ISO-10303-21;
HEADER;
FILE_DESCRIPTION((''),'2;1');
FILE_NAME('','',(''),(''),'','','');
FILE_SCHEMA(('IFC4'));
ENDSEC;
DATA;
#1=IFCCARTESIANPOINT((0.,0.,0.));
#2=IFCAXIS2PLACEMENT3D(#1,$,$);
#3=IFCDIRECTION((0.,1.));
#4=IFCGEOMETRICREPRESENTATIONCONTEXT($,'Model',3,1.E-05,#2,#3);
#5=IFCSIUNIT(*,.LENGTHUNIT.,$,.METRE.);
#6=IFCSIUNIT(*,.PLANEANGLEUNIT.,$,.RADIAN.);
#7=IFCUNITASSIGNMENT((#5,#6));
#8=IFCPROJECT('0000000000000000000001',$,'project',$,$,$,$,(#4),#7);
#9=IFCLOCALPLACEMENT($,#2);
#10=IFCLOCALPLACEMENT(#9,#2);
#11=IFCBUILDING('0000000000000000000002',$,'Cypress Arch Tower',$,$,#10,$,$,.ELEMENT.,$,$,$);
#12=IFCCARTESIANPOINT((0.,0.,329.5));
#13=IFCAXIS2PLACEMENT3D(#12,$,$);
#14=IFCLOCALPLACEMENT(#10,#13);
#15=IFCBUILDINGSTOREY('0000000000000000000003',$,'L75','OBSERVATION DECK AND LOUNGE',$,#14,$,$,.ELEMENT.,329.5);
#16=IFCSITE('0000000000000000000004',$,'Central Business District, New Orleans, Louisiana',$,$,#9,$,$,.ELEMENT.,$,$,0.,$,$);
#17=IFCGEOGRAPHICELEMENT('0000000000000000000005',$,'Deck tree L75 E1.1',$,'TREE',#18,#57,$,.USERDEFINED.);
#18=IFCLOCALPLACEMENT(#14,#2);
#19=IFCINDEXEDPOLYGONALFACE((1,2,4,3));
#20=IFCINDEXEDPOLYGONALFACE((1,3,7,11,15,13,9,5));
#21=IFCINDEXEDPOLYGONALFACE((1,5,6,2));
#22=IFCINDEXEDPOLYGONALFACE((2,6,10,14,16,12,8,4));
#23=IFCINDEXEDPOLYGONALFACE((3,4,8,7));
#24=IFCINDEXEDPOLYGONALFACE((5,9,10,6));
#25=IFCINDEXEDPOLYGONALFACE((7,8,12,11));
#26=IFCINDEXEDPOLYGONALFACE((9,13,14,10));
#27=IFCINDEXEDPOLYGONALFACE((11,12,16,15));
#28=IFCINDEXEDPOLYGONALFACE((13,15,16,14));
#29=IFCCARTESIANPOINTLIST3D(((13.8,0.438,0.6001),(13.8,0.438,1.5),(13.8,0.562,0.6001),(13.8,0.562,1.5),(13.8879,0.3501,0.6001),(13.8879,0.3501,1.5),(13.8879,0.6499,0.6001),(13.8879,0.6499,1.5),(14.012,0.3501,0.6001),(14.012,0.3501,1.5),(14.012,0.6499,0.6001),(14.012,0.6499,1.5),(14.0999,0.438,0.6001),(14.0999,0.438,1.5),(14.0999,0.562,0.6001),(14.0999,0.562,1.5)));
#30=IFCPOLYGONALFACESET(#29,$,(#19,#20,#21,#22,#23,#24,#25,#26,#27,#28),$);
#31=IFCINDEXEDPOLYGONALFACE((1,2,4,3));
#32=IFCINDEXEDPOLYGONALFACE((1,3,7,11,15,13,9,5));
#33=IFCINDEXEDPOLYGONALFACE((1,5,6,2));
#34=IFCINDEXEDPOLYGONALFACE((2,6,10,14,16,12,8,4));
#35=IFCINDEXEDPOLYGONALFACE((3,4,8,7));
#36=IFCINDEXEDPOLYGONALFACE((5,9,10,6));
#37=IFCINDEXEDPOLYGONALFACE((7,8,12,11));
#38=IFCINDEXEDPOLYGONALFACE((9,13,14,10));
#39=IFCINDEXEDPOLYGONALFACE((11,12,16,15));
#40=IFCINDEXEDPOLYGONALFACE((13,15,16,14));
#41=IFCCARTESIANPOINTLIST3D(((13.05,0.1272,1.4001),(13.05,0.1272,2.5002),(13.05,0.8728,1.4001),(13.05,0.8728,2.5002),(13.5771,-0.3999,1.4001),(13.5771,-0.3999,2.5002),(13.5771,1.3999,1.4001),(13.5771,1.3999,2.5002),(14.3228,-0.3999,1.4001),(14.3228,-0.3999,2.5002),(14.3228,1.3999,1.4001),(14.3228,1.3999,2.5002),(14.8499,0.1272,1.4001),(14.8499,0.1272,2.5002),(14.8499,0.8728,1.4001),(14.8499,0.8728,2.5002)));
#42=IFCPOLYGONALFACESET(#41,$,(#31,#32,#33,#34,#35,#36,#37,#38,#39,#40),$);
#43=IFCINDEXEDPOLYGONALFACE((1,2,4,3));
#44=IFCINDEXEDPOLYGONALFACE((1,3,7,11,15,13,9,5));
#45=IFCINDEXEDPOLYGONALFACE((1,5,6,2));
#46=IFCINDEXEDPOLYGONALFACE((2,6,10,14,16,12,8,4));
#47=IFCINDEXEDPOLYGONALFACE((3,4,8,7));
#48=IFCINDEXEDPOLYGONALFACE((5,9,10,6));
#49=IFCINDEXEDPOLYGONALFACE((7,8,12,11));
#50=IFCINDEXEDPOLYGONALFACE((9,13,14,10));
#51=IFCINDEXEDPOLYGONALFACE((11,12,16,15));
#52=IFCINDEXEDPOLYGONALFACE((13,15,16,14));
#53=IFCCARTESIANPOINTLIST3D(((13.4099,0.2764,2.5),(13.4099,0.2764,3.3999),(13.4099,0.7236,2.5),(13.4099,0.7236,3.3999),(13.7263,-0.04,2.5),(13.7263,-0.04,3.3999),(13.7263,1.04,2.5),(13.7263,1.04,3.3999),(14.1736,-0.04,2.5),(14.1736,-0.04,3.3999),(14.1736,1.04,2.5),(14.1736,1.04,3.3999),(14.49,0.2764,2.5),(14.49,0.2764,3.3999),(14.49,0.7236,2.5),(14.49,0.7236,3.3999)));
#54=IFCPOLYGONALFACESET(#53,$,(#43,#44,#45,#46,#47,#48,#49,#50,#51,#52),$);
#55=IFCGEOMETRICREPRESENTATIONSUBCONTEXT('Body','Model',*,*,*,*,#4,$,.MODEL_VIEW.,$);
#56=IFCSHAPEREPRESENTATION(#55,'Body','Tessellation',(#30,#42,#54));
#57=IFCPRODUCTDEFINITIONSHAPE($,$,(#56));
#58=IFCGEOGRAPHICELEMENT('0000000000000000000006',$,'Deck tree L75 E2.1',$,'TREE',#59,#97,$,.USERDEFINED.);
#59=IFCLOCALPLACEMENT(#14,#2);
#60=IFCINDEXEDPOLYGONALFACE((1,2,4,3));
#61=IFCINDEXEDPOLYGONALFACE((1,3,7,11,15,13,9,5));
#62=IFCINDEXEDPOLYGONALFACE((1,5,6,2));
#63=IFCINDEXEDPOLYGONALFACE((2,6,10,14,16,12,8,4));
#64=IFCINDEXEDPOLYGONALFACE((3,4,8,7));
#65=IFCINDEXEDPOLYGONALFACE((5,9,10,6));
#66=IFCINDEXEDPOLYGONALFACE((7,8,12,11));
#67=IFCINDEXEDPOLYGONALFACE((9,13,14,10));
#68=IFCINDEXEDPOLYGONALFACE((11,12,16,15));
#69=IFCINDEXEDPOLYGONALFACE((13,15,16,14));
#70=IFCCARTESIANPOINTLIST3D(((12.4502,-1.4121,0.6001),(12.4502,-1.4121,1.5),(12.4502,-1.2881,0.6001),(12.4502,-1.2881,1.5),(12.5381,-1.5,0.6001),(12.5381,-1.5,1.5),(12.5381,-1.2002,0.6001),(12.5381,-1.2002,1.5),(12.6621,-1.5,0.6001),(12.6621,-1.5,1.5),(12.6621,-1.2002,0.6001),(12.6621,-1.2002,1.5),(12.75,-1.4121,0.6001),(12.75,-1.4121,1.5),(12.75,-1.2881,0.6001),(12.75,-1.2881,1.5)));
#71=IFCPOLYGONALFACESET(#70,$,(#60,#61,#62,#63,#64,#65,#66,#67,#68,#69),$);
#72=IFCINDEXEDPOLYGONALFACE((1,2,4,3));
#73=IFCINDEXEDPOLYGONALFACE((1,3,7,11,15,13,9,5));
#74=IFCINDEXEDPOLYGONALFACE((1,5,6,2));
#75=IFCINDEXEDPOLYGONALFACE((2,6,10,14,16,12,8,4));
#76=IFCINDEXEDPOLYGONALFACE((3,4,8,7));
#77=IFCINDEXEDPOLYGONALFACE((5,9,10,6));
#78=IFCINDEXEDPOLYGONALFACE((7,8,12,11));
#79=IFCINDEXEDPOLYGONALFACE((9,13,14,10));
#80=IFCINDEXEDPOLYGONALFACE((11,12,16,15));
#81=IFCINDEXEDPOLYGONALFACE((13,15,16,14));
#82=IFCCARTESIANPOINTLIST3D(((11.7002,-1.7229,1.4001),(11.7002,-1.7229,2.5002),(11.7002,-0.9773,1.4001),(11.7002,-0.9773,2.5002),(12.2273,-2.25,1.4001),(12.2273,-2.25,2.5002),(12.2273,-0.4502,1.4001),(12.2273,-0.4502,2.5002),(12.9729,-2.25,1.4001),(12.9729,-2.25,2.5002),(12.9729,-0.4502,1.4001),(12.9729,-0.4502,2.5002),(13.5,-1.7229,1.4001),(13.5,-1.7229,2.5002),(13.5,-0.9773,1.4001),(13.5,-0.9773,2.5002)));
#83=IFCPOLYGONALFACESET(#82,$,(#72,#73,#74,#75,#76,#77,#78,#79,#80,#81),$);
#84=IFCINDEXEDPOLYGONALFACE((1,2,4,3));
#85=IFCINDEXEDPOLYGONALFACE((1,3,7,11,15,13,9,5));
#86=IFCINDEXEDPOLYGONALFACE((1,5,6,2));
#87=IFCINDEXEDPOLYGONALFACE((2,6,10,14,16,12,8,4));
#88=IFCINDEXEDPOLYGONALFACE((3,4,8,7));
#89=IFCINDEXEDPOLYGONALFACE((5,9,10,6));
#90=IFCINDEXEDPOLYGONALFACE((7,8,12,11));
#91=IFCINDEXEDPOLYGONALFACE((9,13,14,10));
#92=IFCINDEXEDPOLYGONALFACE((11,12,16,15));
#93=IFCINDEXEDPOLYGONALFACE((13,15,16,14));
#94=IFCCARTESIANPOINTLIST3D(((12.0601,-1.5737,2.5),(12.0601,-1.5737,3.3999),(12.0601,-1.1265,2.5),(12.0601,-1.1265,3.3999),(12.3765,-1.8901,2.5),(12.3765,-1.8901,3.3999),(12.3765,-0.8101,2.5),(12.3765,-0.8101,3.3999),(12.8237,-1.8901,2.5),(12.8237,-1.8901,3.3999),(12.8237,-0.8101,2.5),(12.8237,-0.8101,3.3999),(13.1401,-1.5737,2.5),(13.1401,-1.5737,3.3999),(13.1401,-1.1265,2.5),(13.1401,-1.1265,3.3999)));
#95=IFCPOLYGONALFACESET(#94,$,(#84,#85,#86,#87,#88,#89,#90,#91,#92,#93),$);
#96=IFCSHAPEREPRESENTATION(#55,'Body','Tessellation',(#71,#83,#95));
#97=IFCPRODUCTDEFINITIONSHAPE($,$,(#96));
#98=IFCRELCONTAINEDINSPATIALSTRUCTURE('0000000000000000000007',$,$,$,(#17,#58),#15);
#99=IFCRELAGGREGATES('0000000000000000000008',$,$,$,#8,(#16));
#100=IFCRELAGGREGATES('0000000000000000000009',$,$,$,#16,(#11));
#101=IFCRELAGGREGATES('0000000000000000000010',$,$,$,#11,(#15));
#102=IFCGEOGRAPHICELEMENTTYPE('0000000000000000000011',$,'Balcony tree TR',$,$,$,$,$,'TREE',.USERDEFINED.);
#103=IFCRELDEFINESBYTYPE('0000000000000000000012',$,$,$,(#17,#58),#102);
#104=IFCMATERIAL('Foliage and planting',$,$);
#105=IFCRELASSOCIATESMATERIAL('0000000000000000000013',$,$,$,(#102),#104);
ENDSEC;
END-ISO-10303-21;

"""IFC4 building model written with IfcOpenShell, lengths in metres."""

from ifc_helpers import new_model, si_unit, direction, frame, origin, place, context, subcontext, project, spatial, polyline, outline, extrude, material, type_object, element, save


model = new_model("IFC4")

# Units and contexts
model_context = context("Model", 3, precision=1e-05, world=origin(), true_north=direction((0.0, 1.0)))
body_context = subcontext(model_context, "Body", "Model", "MODEL_VIEW")
ifc_project = project(units=[si_unit("LENGTHUNIT", "METRE"), si_unit("PLANEANGLEUNIT", "RADIAN")], contexts=[model_context])

# Site, building, storey
site_placement = place(None, origin())
site = spatial("IfcSite", under=ifc_project, at=site_placement, Name="Central Business District, New Orleans, Louisiana", CompositionType="ELEMENT", RefElevation=0.0)
building_placement = place(site_placement, origin())
building = spatial("IfcBuilding", under=site, at=building_placement, Name="Cypress Arch Tower", CompositionType="ELEMENT")
storey_placement = place(building_placement, frame((0.0, 0.0, 329.5)))
storey = spatial("IfcBuildingStorey", under=building, at=storey_placement, Name="L75", Description="OBSERVATION DECK AND LOUNGE", CompositionType="ELEMENT", Elevation=329.5)

# Geographic elements
ifc_material_1 = material(Name="Foliage and planting")
geographic_element_type = type_object("IfcGeographicElementType", Name="Balcony tree TR", ElementType="TREE", PredefinedType="USERDEFINED", material=ifc_material_1)
for number, where, z_axis, x_axis, name in (
    (1, (13.95, 0.5, 0.6001), (0.0, 0.0, 1.0), (1.0, 0.0, 0.0), "Deck tree L75 E1.1"),
    (2, (12.6001, -1.3501, 0.6001), (0.0, 0.0, 1.0), (1.0, 0.0, 0.0), "Deck tree L75 E2.1"),
):
    element("IfcGeographicElement", number, at=place(storey_placement, frame(where, z_axis=z_axis, x_axis=x_axis)), inside=storey, type_object=geographic_element_type, Name=name, ObjectType="TREE", PredefinedType="USERDEFINED", context=body_context, shape_type="SweptSolid", body=[
        extrude(outline(polyline([(0.1499, 0.062), (0.062, 0.1499), (-0.062, 0.1499), (-0.1499, 0.062), (-0.1499, -0.062), (-0.062, -0.1499), (0.062, -0.1499), (0.1499, -0.062), (0.1499, 0.062)])), origin(), (0.0, 0.0, 1.0), 0.8999),
        extrude(outline(polyline([(0.8999, 0.3728), (0.3728, 0.8999), (-0.3728, 0.8999), (-0.8999, 0.3728), (-0.8999, -0.3728), (-0.3728, -0.8999), (0.3728, -0.8999), (0.8999, -0.3728), (0.8999, 0.3728)])), frame((0.0, 0.0, 0.8)), (0.0, 0.0, 1.0), 1.1001),
        extrude(outline(polyline([(0.54, 0.2236), (0.2236, 0.54), (-0.2236, 0.54), (-0.54, 0.2236), (-0.54, -0.2236), (-0.2236, -0.54), (0.2236, -0.54), (0.54, -0.2236), (0.54, 0.2236)])), frame((0.0, 0.0, 1.8999)), (0.0, 0.0, 1.0), 0.8999),
    ])

save(model, "model.ifc")
